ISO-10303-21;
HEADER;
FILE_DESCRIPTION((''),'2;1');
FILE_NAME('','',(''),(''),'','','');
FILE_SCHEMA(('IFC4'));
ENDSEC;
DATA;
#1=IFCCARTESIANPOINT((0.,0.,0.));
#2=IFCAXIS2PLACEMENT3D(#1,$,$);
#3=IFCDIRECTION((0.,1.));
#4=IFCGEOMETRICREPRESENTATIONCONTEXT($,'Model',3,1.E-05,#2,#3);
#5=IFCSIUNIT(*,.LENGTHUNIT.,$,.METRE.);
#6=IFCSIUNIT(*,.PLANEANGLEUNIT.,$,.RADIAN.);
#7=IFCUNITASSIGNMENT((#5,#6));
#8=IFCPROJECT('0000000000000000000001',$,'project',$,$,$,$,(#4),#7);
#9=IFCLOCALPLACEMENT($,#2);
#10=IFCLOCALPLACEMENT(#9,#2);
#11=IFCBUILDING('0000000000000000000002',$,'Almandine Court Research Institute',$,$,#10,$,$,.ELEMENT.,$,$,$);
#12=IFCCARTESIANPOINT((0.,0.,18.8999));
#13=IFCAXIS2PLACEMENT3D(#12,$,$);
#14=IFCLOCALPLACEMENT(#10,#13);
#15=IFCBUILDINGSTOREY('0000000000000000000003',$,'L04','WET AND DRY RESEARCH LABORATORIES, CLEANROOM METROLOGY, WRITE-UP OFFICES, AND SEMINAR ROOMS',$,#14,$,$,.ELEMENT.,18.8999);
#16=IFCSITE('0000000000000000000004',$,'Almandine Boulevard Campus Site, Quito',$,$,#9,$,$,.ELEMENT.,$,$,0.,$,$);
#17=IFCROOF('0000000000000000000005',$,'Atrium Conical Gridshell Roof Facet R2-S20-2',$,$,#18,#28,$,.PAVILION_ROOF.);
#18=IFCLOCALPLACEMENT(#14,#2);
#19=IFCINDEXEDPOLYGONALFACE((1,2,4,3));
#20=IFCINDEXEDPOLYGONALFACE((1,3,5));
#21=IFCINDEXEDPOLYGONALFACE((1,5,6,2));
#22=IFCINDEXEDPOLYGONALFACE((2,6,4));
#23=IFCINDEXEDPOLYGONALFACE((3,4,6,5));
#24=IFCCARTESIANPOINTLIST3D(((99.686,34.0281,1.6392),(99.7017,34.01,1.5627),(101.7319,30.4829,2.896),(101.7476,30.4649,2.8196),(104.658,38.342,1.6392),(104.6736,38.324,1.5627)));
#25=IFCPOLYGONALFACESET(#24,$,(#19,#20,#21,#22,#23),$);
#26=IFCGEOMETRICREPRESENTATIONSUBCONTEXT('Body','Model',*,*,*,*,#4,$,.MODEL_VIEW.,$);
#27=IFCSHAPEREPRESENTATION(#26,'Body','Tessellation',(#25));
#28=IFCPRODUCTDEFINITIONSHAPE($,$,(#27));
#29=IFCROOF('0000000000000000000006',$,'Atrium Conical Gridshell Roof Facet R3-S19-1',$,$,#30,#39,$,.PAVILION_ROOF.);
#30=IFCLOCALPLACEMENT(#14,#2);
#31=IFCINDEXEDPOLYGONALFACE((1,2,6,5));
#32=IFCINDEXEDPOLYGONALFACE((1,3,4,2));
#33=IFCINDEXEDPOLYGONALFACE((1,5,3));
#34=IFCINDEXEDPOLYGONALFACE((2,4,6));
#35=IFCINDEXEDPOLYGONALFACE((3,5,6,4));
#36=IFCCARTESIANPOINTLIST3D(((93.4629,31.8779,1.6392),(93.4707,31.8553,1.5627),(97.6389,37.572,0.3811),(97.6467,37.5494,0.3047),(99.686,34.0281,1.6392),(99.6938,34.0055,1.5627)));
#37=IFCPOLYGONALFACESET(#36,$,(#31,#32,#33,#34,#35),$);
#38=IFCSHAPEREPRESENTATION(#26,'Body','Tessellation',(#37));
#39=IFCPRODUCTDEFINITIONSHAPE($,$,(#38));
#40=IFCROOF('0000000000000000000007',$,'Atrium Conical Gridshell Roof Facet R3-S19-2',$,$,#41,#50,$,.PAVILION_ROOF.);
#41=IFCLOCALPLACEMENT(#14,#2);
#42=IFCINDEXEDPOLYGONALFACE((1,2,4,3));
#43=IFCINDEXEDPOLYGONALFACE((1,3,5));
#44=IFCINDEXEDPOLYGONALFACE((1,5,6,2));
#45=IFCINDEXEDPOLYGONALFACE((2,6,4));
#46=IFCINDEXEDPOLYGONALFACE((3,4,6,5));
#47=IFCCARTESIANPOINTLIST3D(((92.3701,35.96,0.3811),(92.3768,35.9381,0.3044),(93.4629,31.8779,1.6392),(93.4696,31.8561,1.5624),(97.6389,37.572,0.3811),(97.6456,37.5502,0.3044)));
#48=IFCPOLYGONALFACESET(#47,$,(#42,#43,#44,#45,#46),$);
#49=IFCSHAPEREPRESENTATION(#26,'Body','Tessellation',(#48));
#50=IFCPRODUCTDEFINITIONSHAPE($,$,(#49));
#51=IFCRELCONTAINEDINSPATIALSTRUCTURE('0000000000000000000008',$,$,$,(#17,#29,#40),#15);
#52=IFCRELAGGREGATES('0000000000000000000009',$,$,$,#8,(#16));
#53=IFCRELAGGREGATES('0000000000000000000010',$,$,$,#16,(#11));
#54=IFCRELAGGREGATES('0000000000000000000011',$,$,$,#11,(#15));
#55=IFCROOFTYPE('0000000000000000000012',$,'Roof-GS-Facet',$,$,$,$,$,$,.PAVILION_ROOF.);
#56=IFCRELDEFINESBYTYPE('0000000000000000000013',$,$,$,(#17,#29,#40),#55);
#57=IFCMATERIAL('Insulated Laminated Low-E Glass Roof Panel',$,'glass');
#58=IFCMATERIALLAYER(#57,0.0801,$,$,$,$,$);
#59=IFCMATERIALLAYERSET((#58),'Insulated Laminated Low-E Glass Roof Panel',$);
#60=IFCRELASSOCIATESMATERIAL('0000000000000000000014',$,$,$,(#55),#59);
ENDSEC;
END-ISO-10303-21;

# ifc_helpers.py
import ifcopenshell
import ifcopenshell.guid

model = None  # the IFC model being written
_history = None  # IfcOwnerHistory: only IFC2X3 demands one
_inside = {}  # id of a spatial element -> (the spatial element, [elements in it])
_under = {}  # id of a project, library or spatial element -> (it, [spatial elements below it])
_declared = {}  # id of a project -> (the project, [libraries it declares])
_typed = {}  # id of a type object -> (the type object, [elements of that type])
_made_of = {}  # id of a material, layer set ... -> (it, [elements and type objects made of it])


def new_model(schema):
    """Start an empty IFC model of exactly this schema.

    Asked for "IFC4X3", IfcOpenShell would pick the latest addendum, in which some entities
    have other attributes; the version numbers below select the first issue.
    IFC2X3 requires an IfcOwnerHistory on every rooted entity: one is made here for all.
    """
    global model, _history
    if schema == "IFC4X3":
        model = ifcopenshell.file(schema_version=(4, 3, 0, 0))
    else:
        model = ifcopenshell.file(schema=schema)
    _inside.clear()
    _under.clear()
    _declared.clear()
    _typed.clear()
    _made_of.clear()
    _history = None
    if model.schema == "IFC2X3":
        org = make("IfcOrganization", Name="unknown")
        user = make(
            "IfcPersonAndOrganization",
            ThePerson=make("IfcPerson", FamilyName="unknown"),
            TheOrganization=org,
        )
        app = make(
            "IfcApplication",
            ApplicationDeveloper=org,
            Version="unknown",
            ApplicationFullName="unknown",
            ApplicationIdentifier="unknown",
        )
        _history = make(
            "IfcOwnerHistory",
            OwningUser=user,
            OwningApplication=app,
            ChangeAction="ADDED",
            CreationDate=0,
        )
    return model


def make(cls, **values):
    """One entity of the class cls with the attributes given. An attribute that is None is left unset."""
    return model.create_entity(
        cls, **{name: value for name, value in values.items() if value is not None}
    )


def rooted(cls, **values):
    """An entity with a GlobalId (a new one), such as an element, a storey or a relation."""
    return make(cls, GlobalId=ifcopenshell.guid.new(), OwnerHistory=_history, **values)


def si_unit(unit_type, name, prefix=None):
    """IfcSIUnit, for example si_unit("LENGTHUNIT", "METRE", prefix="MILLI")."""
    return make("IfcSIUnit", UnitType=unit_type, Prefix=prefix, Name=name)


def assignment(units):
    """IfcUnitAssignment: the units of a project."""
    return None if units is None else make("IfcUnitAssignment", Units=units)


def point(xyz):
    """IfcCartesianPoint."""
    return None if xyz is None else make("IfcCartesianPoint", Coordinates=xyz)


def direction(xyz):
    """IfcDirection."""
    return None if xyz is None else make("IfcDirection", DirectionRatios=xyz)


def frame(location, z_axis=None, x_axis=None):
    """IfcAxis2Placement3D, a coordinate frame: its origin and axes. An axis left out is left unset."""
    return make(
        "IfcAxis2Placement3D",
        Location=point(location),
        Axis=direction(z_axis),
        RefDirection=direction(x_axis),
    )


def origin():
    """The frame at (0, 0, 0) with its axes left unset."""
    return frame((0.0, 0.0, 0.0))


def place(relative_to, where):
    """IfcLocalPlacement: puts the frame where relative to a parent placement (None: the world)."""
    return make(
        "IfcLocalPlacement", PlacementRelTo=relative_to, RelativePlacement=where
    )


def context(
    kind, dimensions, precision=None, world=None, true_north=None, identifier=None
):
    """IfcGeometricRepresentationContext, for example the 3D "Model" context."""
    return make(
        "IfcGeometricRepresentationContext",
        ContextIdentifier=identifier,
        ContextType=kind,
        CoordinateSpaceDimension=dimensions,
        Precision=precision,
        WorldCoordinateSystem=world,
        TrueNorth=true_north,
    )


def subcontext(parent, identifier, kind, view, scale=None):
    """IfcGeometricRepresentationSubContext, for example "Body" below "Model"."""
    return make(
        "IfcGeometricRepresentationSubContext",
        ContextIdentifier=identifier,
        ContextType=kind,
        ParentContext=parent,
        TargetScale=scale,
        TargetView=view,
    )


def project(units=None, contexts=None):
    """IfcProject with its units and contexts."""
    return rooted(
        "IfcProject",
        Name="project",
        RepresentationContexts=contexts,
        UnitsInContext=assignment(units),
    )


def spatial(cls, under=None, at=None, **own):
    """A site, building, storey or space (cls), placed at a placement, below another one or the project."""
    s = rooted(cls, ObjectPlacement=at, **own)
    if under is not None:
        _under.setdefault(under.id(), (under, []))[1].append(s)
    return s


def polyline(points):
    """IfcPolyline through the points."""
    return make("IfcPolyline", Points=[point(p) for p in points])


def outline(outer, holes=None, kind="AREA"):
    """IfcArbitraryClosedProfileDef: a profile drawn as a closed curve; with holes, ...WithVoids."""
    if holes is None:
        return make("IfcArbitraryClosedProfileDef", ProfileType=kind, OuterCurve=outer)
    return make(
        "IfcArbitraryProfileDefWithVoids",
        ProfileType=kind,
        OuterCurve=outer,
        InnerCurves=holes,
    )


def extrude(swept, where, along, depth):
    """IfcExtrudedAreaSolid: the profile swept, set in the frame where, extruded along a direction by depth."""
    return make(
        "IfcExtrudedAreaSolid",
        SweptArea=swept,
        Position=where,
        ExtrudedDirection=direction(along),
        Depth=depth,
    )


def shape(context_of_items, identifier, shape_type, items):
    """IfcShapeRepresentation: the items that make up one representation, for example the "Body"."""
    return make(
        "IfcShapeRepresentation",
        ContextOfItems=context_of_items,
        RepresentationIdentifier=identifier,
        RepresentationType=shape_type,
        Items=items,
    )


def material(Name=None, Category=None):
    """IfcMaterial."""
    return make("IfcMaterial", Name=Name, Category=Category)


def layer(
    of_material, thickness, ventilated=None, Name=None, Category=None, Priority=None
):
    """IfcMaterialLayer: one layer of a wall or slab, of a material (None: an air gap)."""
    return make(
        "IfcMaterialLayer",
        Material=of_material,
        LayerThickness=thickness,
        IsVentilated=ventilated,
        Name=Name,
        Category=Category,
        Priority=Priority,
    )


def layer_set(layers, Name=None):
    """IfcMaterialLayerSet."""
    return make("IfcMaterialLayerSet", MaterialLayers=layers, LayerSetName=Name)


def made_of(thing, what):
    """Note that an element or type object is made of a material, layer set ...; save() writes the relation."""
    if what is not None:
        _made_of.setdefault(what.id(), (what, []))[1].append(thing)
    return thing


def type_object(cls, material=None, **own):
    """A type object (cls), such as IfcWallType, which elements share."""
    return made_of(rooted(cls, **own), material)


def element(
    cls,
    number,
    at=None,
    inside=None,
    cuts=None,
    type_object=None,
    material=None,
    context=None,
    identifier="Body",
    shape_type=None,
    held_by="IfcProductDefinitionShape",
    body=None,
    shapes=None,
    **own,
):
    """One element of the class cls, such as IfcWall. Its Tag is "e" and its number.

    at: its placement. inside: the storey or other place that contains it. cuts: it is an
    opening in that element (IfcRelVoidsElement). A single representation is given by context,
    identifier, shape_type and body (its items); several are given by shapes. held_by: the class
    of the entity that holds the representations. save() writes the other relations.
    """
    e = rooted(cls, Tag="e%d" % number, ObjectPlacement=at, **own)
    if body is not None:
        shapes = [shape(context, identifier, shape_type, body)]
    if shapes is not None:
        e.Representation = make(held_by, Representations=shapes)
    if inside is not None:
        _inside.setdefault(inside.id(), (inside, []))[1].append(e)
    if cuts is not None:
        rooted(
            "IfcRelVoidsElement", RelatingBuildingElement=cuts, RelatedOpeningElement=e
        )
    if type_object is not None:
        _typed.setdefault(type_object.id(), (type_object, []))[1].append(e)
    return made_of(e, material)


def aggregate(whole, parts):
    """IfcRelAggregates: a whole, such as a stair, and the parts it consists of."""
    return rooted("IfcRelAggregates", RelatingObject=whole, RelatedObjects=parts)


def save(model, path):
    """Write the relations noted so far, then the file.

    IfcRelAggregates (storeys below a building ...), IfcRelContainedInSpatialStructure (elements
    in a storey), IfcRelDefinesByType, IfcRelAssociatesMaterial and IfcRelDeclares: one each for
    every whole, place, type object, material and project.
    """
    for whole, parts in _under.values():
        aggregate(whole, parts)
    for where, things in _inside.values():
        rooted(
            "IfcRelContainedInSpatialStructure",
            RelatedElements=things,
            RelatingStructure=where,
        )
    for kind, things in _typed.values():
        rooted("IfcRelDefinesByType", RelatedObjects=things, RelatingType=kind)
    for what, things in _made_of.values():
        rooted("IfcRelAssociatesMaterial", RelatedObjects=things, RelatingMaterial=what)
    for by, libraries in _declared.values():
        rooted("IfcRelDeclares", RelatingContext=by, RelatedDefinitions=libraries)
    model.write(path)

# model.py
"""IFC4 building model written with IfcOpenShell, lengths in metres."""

from ifc_helpers import new_model, si_unit, direction, frame, origin, place, context, subcontext, project, spatial, polyline, outline, extrude, material, layer, layer_set, type_object, element, save


model = new_model("IFC4")

# Units and contexts
model_context = context("Model", 3, precision=1e-05, world=origin(), true_north=direction((0.0, 1.0)))
body_context = subcontext(model_context, "Body", "Model", "MODEL_VIEW")
ifc_project = project(units=[si_unit("LENGTHUNIT", "METRE"), si_unit("PLANEANGLEUNIT", "RADIAN")], contexts=[model_context])

# Site, building, storey
site_placement = place(None, origin())
site = spatial("IfcSite", under=ifc_project, at=site_placement, Name="Almandine Boulevard Campus Site, Quito", CompositionType="ELEMENT", RefElevation=0.0)
building_placement = place(site_placement, origin())
building = spatial("IfcBuilding", under=site, at=building_placement, Name="Almandine Court Research Institute", CompositionType="ELEMENT")
storey_placement = place(building_placement, frame((0.0, 0.0, 18.8999)))
storey = spatial("IfcBuildingStorey", under=building, at=storey_placement, Name="L04", Description="WET AND DRY RESEARCH LABORATORIES, CLEANROOM METROLOGY, WRITE-UP OFFICES, AND SEMINAR ROOMS", CompositionType="ELEMENT", Elevation=18.8999)

# Roofs
ifc_material_1 = material(Name="Insulated Laminated Low-E Glass Roof Panel", Category="glass")
ifc_layer_1 = layer(ifc_material_1, 0.0801)
ifc_layer_set_1 = layer_set([ifc_layer_1], Name="Insulated Laminated Low-E Glass Roof Panel")
roof_type = type_object("IfcRoofType", Name="Roof-GS-Facet", PredefinedType="PAVILION_ROOF", material=ifc_layer_set_1)
roof_1_placement = place(storey_placement, frame((101.7319, 30.4829, 2.896), z_axis=(-0.195626, 0.225463, 0.954409), x_axis=(0.345058, 0.926805, -0.148215)))
element("IfcRoof", 1, at=roof_1_placement, inside=storey, type_object=roof_type, Name="Atrium Conical Gridshell Roof Facet R2-S20-2", PredefinedType="PAVILION_ROOF", context=body_context, shape_type="SweptSolid", body=[
    extrude(outline(polyline([(0.0, 0.0), (8.4798, 0.0), (2.766, 3.2684), (0.0, 0.0)])), origin(), (0.0, 0.0, -1.0), 0.0801),
])
roof_2_placement = place(storey_placement, frame((93.4629, 31.8779, 1.6392), z_axis=(-0.097574, 0.282409, 0.954319), x_axis=(0.945175, 0.326565, 0.0)))
element("IfcRoof", 2, at=roof_2_placement, inside=storey, type_object=roof_type, Name="Atrium Conical Gridshell Roof Facet R3-S19-1", PredefinedType="PAVILION_ROOF", context=body_context, shape_type="SweptSolid", body=[
    extrude(outline(polyline([(0.0, 0.0), (6.5841, 0.0), (5.8066, 4.2105), (0.0, 0.0)])), origin(), (0.0, 0.0, -1.0), 0.0801),
])
roof_3_placement = place(storey_placement, frame((93.4629, 31.8779, 1.6392), z_axis=(-0.08353, 0.273005, 0.958379), x_axis=(0.582228, 0.79388, -0.1754)))
element("IfcRoof", 3, at=roof_3_placement, inside=storey, type_object=roof_type, Name="Atrium Conical Gridshell Roof Facet R3-S19-2", PredefinedType="PAVILION_ROOF", context=body_context, shape_type="SweptSolid", body=[
    extrude(outline(polyline([(0.0, 0.0), (7.1725, 0.0), (2.8251, 3.3851), (0.0, 0.0)])), origin(), (0.0, 0.0, -1.0), 0.0801),
])

save(model, "model.ifc")
